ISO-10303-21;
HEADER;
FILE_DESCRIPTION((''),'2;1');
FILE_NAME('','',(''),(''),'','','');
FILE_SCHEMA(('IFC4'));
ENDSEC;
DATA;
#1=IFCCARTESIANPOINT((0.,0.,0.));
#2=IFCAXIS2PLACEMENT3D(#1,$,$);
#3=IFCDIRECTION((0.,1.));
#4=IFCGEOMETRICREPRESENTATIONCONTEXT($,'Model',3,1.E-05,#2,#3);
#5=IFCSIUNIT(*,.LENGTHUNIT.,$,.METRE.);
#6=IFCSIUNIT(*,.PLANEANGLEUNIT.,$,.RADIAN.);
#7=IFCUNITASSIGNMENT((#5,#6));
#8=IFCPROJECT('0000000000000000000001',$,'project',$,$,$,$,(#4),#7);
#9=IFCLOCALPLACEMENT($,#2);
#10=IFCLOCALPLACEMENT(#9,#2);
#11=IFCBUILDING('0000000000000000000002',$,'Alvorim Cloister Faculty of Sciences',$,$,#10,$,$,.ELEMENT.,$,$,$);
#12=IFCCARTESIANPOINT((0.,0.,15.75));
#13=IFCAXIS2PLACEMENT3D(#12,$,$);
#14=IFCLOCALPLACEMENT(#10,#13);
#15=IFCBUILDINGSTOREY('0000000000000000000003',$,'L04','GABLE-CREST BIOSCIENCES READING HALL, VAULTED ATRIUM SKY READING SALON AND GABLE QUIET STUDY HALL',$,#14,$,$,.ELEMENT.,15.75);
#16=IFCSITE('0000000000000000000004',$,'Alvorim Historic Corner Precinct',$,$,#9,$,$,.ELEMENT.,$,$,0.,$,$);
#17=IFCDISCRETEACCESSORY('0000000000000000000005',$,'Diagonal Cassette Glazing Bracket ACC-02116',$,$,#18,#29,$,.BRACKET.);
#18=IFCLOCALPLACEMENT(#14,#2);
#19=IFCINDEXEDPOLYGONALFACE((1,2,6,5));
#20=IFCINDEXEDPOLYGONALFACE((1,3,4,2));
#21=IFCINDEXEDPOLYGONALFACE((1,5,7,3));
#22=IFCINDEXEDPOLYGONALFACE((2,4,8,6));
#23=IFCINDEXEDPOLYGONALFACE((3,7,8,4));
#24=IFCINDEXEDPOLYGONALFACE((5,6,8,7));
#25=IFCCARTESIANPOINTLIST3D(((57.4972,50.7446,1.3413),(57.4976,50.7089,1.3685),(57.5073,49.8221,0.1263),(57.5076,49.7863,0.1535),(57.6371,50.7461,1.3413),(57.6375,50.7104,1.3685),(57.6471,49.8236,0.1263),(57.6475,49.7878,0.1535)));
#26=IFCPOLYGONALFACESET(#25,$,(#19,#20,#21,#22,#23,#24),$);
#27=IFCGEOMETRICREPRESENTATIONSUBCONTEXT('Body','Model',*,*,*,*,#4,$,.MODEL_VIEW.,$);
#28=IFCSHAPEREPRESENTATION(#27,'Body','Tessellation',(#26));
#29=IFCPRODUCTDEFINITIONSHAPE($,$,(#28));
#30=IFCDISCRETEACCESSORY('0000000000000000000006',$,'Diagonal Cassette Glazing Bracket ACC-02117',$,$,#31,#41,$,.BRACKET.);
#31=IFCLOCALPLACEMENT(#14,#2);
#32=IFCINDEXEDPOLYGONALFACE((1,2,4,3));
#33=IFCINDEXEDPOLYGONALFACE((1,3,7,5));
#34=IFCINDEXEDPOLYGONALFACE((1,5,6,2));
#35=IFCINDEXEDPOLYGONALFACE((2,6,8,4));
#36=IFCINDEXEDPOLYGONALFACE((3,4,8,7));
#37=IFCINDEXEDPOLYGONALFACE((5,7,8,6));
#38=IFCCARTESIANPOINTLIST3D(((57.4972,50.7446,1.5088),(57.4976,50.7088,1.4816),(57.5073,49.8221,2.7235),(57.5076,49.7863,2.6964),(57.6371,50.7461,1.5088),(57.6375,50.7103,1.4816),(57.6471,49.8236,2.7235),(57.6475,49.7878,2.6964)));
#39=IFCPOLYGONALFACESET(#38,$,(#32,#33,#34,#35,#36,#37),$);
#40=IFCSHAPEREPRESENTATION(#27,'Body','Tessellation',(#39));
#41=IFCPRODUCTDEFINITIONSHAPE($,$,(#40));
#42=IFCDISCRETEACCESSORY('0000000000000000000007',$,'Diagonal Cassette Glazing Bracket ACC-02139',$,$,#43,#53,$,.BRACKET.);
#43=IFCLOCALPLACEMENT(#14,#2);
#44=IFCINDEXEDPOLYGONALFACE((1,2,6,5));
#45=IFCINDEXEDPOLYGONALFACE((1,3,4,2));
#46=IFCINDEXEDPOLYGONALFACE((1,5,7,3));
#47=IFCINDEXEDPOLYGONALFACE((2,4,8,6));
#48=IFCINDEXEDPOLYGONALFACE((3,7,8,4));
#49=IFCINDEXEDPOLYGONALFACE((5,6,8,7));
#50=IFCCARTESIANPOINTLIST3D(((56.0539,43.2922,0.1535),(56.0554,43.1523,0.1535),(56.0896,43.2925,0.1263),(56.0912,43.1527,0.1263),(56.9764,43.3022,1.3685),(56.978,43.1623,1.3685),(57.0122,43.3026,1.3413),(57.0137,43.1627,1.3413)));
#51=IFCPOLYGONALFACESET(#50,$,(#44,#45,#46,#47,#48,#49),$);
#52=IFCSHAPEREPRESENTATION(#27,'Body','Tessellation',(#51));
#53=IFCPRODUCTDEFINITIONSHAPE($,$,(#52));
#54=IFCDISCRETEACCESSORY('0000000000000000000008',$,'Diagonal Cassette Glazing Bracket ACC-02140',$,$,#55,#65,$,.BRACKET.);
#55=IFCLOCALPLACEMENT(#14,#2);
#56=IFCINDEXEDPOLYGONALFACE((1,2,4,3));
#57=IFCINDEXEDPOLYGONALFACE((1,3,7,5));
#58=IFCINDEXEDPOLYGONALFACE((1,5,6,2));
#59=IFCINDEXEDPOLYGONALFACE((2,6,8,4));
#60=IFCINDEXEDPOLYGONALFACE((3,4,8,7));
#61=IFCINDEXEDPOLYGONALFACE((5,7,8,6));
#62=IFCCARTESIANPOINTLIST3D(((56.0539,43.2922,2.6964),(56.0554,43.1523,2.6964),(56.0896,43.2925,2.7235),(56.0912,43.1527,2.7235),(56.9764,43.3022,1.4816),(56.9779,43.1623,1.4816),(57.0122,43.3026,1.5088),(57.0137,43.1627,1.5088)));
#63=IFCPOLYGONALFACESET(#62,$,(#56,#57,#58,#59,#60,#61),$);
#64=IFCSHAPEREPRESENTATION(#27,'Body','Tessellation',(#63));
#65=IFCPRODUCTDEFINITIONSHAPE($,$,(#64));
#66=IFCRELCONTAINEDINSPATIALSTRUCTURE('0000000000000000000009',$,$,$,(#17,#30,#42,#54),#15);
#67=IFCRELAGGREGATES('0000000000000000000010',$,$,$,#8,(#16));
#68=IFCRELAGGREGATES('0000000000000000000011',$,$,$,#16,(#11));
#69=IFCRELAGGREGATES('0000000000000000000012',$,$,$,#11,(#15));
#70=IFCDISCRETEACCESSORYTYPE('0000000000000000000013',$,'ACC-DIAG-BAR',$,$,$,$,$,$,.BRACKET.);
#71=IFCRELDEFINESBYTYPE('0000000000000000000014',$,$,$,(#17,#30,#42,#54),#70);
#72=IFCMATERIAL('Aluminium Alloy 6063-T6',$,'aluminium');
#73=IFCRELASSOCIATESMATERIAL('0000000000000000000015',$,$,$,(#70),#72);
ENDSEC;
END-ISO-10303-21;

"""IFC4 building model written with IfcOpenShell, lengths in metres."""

from ifc_helpers import new_model, si_unit, direction, frame, origin, origin_2d, place, context, subcontext, project, spatial, rectangle, extrude, material, type_object, element, save


model = new_model("IFC4")

# Units and contexts
model_context = context("Model", 3, precision=1e-05, world=origin(), true_north=direction((0.0, 1.0)))
body_context = subcontext(model_context, "Body", "Model", "MODEL_VIEW")
ifc_project = project(units=[si_unit("LENGTHUNIT", "METRE"), si_unit("PLANEANGLEUNIT", "RADIAN")], contexts=[model_context])

# Site, building, storey
site_placement = place(None, origin())
site = spatial("IfcSite", under=ifc_project, at=site_placement, Name="Alvorim Historic Corner Precinct", CompositionType="ELEMENT", RefElevation=0.0)
building_placement = place(site_placement, origin())
building = spatial("IfcBuilding", under=site, at=building_placement, Name="Alvorim Cloister Faculty of Sciences", CompositionType="ELEMENT")
storey_placement = place(building_placement, frame((0.0, 0.0, 15.75)))
storey = spatial("IfcBuildingStorey", under=building, at=storey_placement, Name="L04", Description="GABLE-CREST BIOSCIENCES READING HALL, VAULTED ATRIUM SKY READING SALON AND GABLE QUIET STUDY HALL", CompositionType="ELEMENT", Elevation=15.75)

# Shared definitions
ifc_material_1 = material(Name="Aluminium Alloy 6063-T6", Category="aluminium")

# Discrete accessories
discrete_accessory_type = type_object("IfcDiscreteAccessoryType", Name="ACC-DIAG-BAR", PredefinedType="BRACKET", material=ifc_material_1)
discrete_accessory_1_placement = place(storey_placement, frame((57.5774, 49.8049, 0.1399), z_axis=(-0.006561, 0.604713, 0.796416), x_axis=(-0.999941, -0.010849, 0.0)))
element("IfcDiscreteAccessory", 1, at=discrete_accessory_1_placement, inside=storey, type_object=discrete_accessory_type, Name="Diagonal Cassette Glazing Bracket ACC-02116", PredefinedType="BRACKET", context=body_context, shape_type="SweptSolid", body=[
    extrude(rectangle(XDim=0.1399, YDim=0.0449, at=origin_2d()), origin(), (0.0, 0.0, 1.0), 1.5256),
])
discrete_accessory_2_placement = place(storey_placement, frame((57.5774, 49.8049, 2.71), z_axis=(-0.006562, 0.60479, -0.796358), x_axis=(-0.999941, -0.010849, 0.0)))
element("IfcDiscreteAccessory", 2, at=discrete_accessory_2_placement, inside=storey, type_object=discrete_accessory_type, Name="Diagonal Cassette Glazing Bracket ACC-02117", PredefinedType="BRACKET", context=body_context, shape_type="SweptSolid", body=[
    extrude(rectangle(XDim=0.1399, YDim=0.0449, at=origin_2d()), origin(), (0.0, 0.0, 1.0), 1.5254),
])
discrete_accessory_3_placement = place(storey_placement, frame((56.0725, 43.2224, 0.1399), z_axis=(0.604713, 0.006561, 0.796416), x_axis=(-0.010849, 0.999941, 0.0)))
element("IfcDiscreteAccessory", 3, at=discrete_accessory_3_placement, inside=storey, type_object=discrete_accessory_type, Name="Diagonal Cassette Glazing Bracket ACC-02139", PredefinedType="BRACKET", context=body_context, shape_type="SweptSolid", body=[
    extrude(rectangle(XDim=0.1399, YDim=0.0449, at=origin_2d()), origin(), (0.0, 0.0, 1.0), 1.5256),
])
discrete_accessory_4_placement = place(storey_placement, frame((56.0725, 43.2224, 2.71), z_axis=(0.60479, 0.006562, -0.796358), x_axis=(-0.010849, 0.999941, 0.0)))
element("IfcDiscreteAccessory", 4, at=discrete_accessory_4_placement, inside=storey, type_object=discrete_accessory_type, Name="Diagonal Cassette Glazing Bracket ACC-02140", PredefinedType="BRACKET", context=body_context, shape_type="SweptSolid", body=[
    extrude(rectangle(XDim=0.1399, YDim=0.0449, at=origin_2d()), origin(), (0.0, 0.0, 1.0), 1.5254),
])

save(model, "model.ifc")
